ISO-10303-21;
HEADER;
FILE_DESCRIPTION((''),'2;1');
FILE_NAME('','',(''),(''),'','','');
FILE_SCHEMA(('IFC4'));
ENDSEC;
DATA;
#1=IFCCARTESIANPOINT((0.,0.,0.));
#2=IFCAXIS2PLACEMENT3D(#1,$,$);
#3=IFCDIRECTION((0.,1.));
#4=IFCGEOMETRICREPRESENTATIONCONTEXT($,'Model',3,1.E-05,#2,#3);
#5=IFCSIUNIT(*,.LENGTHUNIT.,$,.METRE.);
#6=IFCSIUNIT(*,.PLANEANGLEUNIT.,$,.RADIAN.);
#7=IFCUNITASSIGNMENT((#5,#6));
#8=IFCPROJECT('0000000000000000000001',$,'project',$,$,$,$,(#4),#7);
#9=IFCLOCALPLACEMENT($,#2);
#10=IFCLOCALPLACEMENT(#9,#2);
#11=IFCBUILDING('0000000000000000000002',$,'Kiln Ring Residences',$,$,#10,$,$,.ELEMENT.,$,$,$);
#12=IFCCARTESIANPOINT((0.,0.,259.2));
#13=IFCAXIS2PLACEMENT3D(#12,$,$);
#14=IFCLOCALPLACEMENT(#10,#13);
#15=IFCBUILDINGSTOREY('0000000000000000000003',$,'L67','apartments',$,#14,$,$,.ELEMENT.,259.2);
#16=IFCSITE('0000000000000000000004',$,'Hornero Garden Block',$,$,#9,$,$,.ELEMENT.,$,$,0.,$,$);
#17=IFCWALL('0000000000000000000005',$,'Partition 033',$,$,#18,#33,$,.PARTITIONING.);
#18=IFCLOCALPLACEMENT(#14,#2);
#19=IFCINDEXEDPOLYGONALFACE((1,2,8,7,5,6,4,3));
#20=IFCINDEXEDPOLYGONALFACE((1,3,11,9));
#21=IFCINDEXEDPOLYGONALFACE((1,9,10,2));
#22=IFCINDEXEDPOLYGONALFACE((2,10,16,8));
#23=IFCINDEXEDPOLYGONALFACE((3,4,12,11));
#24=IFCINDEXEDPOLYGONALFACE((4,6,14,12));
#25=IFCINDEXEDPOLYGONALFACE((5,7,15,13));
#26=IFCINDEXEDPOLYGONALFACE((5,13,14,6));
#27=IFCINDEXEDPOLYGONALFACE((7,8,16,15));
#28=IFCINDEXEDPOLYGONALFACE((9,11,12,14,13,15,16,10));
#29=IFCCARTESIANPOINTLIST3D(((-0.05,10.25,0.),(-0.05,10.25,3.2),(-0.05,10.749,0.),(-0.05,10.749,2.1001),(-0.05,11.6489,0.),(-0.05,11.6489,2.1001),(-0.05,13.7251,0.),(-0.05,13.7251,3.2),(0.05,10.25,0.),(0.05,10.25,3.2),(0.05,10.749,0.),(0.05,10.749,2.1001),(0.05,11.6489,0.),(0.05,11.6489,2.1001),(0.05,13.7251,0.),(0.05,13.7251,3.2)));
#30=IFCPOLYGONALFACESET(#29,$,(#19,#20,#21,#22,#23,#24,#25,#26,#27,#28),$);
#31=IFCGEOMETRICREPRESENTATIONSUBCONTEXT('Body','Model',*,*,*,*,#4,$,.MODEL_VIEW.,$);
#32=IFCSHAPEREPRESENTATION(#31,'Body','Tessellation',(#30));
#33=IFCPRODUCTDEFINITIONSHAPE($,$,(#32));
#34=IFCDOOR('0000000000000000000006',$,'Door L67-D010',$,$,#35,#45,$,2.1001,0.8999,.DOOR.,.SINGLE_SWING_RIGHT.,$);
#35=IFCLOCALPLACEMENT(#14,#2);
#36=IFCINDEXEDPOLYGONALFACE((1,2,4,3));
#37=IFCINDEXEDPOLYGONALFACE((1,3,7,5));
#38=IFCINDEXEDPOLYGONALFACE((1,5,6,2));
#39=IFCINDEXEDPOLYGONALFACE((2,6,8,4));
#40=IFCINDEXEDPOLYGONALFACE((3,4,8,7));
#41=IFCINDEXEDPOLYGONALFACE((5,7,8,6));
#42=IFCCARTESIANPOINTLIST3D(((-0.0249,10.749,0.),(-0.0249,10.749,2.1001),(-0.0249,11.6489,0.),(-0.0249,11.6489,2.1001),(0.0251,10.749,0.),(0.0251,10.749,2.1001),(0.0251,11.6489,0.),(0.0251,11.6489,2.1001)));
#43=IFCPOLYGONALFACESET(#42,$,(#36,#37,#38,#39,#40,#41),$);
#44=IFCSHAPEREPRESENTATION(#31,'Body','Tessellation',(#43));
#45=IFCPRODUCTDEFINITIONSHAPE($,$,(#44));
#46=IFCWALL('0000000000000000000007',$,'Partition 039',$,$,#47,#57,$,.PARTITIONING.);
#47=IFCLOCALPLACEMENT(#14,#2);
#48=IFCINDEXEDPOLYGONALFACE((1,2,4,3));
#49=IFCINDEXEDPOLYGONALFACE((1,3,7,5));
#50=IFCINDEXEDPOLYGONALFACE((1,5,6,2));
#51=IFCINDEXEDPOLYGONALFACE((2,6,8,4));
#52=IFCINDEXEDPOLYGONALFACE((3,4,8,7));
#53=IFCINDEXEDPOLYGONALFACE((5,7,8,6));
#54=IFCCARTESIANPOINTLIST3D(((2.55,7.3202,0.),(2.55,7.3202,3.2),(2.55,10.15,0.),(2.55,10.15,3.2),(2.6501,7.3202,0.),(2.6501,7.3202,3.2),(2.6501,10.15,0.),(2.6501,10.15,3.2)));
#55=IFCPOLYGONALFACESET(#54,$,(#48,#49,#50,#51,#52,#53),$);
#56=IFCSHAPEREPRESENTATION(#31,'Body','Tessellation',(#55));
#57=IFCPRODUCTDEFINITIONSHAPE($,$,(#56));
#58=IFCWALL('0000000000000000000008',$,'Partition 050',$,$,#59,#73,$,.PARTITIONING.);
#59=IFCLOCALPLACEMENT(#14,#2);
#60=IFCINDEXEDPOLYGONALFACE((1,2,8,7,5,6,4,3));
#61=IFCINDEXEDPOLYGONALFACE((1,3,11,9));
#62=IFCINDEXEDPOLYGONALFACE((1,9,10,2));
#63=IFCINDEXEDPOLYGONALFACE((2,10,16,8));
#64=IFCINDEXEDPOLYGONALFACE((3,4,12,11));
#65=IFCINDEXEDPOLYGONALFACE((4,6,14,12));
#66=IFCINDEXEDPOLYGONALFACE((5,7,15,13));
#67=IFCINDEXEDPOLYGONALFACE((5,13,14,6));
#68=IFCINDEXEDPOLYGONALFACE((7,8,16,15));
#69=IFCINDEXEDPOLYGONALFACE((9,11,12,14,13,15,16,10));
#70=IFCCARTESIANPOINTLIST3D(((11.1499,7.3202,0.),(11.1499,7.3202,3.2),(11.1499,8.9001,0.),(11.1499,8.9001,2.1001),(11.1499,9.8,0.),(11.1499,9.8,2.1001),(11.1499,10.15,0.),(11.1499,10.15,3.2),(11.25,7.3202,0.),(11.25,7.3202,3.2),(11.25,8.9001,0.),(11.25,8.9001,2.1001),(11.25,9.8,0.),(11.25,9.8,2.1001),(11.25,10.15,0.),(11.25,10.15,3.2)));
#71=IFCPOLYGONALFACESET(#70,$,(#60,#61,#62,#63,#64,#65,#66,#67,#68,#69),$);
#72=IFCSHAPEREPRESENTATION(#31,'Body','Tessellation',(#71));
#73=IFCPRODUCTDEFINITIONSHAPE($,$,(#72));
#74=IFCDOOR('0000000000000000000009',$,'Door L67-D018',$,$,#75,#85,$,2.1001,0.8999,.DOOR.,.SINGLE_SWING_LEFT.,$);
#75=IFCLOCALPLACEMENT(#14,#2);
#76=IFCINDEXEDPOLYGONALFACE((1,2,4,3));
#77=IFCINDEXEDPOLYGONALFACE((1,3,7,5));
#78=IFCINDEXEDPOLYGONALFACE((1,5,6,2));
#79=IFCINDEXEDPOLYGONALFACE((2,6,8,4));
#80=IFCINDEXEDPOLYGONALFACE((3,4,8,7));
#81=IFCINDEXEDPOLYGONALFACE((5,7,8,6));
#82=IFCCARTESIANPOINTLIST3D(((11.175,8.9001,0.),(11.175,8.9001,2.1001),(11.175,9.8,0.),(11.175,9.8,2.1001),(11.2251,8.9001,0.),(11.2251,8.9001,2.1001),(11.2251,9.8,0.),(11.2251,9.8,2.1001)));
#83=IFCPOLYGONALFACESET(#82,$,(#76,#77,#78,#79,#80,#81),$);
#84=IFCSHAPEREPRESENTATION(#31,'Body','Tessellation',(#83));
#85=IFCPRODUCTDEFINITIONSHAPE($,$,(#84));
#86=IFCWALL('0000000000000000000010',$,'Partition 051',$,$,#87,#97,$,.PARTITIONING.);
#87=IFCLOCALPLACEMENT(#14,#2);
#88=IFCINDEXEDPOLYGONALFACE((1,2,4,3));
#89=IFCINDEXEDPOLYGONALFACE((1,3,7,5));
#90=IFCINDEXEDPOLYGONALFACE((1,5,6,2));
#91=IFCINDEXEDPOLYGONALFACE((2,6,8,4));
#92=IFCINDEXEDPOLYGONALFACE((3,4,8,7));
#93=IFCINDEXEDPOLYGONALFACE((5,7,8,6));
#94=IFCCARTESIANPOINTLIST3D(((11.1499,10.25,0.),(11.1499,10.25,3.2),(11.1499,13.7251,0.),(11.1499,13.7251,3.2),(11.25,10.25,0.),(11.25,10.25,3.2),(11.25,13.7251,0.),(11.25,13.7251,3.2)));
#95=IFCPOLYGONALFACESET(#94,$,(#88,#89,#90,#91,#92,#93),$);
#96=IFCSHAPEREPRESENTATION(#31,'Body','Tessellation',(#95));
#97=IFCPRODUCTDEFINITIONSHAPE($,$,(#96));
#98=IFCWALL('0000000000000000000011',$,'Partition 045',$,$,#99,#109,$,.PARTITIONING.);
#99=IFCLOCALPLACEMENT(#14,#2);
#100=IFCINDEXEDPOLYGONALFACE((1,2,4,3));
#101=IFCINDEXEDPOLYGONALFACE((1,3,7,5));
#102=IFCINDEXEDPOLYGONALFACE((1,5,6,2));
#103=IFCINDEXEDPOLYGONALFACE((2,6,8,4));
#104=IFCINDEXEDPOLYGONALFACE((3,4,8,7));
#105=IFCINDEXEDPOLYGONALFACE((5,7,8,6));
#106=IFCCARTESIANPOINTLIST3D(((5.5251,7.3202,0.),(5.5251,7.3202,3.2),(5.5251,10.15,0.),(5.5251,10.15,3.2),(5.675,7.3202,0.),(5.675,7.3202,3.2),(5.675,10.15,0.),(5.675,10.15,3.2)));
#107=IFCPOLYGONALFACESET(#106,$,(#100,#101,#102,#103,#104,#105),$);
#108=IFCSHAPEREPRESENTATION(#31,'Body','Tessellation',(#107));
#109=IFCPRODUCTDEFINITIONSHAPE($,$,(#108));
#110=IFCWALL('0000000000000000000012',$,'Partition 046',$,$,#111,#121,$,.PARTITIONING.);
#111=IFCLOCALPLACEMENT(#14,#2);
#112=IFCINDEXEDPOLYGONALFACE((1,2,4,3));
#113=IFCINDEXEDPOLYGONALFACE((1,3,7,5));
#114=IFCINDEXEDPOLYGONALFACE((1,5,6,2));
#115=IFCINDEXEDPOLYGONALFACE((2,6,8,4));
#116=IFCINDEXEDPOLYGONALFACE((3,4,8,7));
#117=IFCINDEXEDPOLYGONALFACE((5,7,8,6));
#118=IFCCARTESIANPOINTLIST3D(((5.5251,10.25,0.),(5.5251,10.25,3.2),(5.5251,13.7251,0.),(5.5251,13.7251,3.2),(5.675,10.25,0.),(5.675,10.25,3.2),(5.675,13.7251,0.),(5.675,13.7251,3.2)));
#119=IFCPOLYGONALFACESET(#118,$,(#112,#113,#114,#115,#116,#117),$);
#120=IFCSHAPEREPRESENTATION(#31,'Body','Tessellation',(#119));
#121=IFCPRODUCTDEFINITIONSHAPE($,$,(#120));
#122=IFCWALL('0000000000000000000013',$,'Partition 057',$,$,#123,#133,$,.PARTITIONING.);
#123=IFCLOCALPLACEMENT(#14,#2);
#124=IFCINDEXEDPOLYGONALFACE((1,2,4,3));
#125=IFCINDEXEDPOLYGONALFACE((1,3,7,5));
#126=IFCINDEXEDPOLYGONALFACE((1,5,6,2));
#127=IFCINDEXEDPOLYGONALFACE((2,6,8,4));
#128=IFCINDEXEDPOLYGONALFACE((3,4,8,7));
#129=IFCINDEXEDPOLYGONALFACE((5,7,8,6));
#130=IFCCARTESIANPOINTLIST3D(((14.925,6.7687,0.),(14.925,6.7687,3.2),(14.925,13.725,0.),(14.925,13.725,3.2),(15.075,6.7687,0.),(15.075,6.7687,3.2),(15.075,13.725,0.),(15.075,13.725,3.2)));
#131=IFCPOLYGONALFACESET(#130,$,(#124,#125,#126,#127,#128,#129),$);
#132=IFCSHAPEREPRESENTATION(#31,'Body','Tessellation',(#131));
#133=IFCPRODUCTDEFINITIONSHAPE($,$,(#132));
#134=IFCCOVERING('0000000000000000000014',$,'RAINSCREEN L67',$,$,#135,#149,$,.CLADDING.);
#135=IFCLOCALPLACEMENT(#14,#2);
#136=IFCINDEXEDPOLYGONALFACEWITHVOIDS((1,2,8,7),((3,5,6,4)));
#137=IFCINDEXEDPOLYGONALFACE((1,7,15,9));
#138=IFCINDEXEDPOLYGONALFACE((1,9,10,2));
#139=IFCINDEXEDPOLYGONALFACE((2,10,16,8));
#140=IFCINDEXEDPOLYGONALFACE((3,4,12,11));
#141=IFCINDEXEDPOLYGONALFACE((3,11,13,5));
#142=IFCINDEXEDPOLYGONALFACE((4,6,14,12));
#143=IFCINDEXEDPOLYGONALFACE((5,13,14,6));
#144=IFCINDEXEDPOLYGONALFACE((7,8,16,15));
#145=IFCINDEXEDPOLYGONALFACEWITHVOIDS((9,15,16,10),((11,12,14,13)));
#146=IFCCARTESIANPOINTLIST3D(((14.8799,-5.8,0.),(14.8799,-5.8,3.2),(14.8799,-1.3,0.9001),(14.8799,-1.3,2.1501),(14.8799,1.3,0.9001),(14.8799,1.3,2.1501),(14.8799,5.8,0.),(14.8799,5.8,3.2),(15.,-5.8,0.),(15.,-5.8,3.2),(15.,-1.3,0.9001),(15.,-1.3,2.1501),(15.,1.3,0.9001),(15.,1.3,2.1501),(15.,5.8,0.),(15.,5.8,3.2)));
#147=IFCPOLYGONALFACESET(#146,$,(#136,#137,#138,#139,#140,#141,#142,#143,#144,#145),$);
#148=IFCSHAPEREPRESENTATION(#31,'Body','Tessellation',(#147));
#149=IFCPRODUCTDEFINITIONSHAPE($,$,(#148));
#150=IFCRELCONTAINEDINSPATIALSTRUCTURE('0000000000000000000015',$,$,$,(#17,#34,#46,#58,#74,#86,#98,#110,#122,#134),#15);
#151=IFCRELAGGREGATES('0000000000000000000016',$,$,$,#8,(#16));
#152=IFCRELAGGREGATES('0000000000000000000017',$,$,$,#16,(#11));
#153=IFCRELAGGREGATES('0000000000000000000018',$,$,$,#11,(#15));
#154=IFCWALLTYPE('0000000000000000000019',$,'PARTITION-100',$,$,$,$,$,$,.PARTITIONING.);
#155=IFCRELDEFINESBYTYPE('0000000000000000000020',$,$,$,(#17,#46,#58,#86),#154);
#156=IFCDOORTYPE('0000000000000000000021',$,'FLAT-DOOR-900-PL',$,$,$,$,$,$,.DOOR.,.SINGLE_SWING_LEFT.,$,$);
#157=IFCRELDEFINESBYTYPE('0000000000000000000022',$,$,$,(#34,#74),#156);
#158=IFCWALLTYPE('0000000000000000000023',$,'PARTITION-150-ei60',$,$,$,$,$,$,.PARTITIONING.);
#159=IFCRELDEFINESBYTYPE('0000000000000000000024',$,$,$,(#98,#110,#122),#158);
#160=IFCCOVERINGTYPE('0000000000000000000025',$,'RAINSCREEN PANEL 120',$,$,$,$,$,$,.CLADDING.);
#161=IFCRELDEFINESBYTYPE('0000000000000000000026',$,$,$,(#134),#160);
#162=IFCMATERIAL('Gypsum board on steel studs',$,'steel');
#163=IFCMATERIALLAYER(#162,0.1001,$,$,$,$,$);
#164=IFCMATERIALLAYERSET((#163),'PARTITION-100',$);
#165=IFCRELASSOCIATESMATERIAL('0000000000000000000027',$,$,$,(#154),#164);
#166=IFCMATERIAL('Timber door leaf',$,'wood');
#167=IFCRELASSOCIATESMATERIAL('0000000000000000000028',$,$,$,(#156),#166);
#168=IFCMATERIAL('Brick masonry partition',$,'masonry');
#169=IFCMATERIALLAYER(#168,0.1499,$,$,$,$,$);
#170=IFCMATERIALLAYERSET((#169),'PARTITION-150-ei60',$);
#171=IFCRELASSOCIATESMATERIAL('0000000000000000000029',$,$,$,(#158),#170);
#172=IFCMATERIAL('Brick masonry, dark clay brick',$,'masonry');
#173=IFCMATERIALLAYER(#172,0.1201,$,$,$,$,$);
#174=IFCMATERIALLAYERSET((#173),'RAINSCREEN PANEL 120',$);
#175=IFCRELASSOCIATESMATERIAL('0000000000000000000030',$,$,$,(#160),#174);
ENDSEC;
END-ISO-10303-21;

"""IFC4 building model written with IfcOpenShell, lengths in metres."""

from ifc_helpers import new_model, si_unit, direction, frame, frame_2d, origin, place, context, subcontext, project, spatial, polyline, rectangle, outline, extrude, material, layer, layer_set, type_object, element, fill, save


model = new_model("IFC4")

# Units and contexts
model_context = context("Model", 3, precision=1e-05, world=origin(), true_north=direction((0.0, 1.0)))
body_context = subcontext(model_context, "Body", "Model", "MODEL_VIEW")
ifc_project = project(units=[si_unit("LENGTHUNIT", "METRE"), si_unit("PLANEANGLEUNIT", "RADIAN")], contexts=[model_context])

# Site, building, storey
site_placement = place(None, origin())
site = spatial("IfcSite", under=ifc_project, at=site_placement, Name="Hornero Garden Block", CompositionType="ELEMENT", RefElevation=0.0)
building_placement = place(site_placement, origin())
building = spatial("IfcBuilding", under=site, at=building_placement, Name="Kiln Ring Residences", CompositionType="ELEMENT")
storey_placement = place(building_placement, frame((0.0, 0.0, 259.2)))
storey = spatial("IfcBuildingStorey", under=building, at=storey_placement, Name="L67", Description="apartments", CompositionType="ELEMENT", Elevation=259.2)

# Shared definitions
ifc_material_1 = material(Name="Gypsum board on steel studs", Category="steel")
ifc_layer_1 = layer(ifc_material_1, 0.1001)
ifc_layer_set_1 = layer_set([ifc_layer_1], Name="PARTITION-100")
wall_type_1 = type_object("IfcWallType", Name="PARTITION-100", PredefinedType="PARTITIONING", material=ifc_layer_set_1)

# Wall, opening, door
wall_1_placement = place(storey_placement, frame((0.0, 10.25, 0.0), z_axis=(0.0, 0.0, 1.0), x_axis=(0.0, 1.0, 0.0)))
wall_1 = element("IfcWall", 1, at=wall_1_placement, inside=storey, type_object=wall_type_1, Name="Partition 033", PredefinedType="PARTITIONING", context=body_context, shape_type="SweptSolid", body=[
    extrude(rectangle(XDim=3.4751, YDim=0.1001, at=frame_2d((1.7375, 0.0))), origin(), (0.0, 0.0, 1.0), 3.2),
])
opening_1_placement = place(wall_1_placement, frame((0.499, 0.0, 0.0)))
opening_1 = element("IfcOpeningElement", 2, at=opening_1_placement, cuts=wall_1, PredefinedType="OPENING", context=body_context, shape_type="SweptSolid", body=[
    extrude(rectangle(XDim=0.8999, YDim=2.1001, at=frame_2d((0.45, 1.05))), frame((0.0, 0.0601, 0.0), z_axis=(0.0, -1.0, 0.0), x_axis=(1.0, 0.0, 0.0)), (0.0, 0.0, 1.0), 0.1201),
])
ifc_material_2 = material(Name="Timber door leaf", Category="wood")
door_type = type_object("IfcDoorType", Name="FLAT-DOOR-900-PL", OperationType="SINGLE_SWING_LEFT", PredefinedType="DOOR", material=ifc_material_2)
door_1_placement = place(opening_1_placement, origin())
door_1 = element("IfcDoor", 3, at=door_1_placement, inside=storey, type_object=door_type, Name="Door L67-D010", OperationType="SINGLE_SWING_RIGHT", OverallHeight=2.1001, OverallWidth=0.8999, PredefinedType="DOOR", context=body_context, shape_type="SweptSolid", body=[
    extrude(rectangle(XDim=0.8999, YDim=2.1001, at=frame_2d((0.45, 1.05))), frame((0.0, 0.0249, 0.0), z_axis=(0.0, -1.0, 0.0), x_axis=(1.0, 0.0, 0.0)), (0.0, 0.0, 1.0), 0.05),
])
fill(opening_1, door_1)

# Wall
wall_2_placement = place(storey_placement, frame((2.6001, 7.3201, 0.0), z_axis=(0.0, 0.0, 1.0), x_axis=(0.0, 1.0, 0.0)))
element("IfcWall", 4, at=wall_2_placement, inside=storey, type_object=wall_type_1, Name="Partition 039", PredefinedType="PARTITIONING", context=body_context, shape_type="SweptSolid", body=[
    extrude(rectangle(XDim=2.8298, YDim=0.1001, at=frame_2d((1.415, 0.0))), origin(), (0.0, 0.0, 1.0), 3.2),
])

# Wall, opening, door
wall_3_placement = place(storey_placement, frame((11.2, 7.3201, 0.0), z_axis=(0.0, 0.0, 1.0), x_axis=(0.0, 1.0, 0.0)))
wall_3 = element("IfcWall", 5, at=wall_3_placement, inside=storey, type_object=wall_type_1, Name="Partition 050", PredefinedType="PARTITIONING", context=body_context, shape_type="SweptSolid", body=[
    extrude(rectangle(XDim=2.8298, YDim=0.1001, at=frame_2d((1.415, 0.0))), origin(), (0.0, 0.0, 1.0), 3.2),
])
opening_2_placement = place(wall_3_placement, frame((1.5801, 0.0, 0.0)))
opening_2 = element("IfcOpeningElement", 6, at=opening_2_placement, cuts=wall_3, PredefinedType="OPENING", context=body_context, shape_type="SweptSolid", body=[
    extrude(rectangle(XDim=0.8999, YDim=2.1001, at=frame_2d((0.45, 1.05))), frame((0.0, 0.0601, 0.0), z_axis=(0.0, -1.0, 0.0), x_axis=(1.0, 0.0, 0.0)), (0.0, 0.0, 1.0), 0.1201),
])
door_2_placement = place(opening_2_placement, origin())
door_2 = element("IfcDoor", 7, at=door_2_placement, inside=storey, type_object=door_type, Name="Door L67-D018", OperationType="SINGLE_SWING_LEFT", OverallHeight=2.1001, OverallWidth=0.8999, PredefinedType="DOOR", context=body_context, shape_type="SweptSolid", body=[
    extrude(rectangle(XDim=0.8999, YDim=2.1001, at=frame_2d((0.45, 1.05))), frame((0.0, 0.0249, 0.0), z_axis=(0.0, -1.0, 0.0), x_axis=(1.0, 0.0, 0.0)), (0.0, 0.0, 1.0), 0.05),
])
fill(opening_2, door_2)

# Walls
wall_4_placement = place(storey_placement, frame((11.2, 10.25, 0.0), z_axis=(0.0, 0.0, 1.0), x_axis=(0.0, 1.0, 0.0)))
element("IfcWall", 8, at=wall_4_placement, inside=storey, type_object=wall_type_1, Name="Partition 051", PredefinedType="PARTITIONING", context=body_context, shape_type="SweptSolid", body=[
    extrude(rectangle(XDim=3.4751, YDim=0.1001, at=frame_2d((1.7375, 0.0))), origin(), (0.0, 0.0, 1.0), 3.2),
])
ifc_material_3 = material(Name="Brick masonry partition", Category="masonry")
ifc_layer_2 = layer(ifc_material_3, 0.1499)
ifc_layer_set_2 = layer_set([ifc_layer_2], Name="PARTITION-150-ei60")
wall_type_2 = type_object("IfcWallType", Name="PARTITION-150-ei60", PredefinedType="PARTITIONING", material=ifc_layer_set_2)
wall_5_placement = place(storey_placement, frame((5.6001, 7.3201, 0.0), z_axis=(0.0, 0.0, 1.0), x_axis=(0.0, 1.0, 0.0)))
element("IfcWall", 9, at=wall_5_placement, inside=storey, type_object=wall_type_2, Name="Partition 045", PredefinedType="PARTITIONING", context=body_context, shape_type="SweptSolid", body=[
    extrude(rectangle(XDim=2.8298, YDim=0.1499, at=frame_2d((1.415, 0.0))), origin(), (0.0, 0.0, 1.0), 3.2),
])
wall_6_placement = place(storey_placement, frame((5.6001, 10.25, 0.0), z_axis=(0.0, 0.0, 1.0), x_axis=(0.0, 1.0, 0.0)))
element("IfcWall", 10, at=wall_6_placement, inside=storey, type_object=wall_type_2, Name="Partition 046", PredefinedType="PARTITIONING", context=body_context, shape_type="SweptSolid", body=[
    extrude(rectangle(XDim=3.4751, YDim=0.1499, at=frame_2d((1.7375, 0.0))), origin(), (0.0, 0.0, 1.0), 3.2),
])
wall_7_placement = place(storey_placement, frame((15.0, 6.7688, 0.0), z_axis=(0.0, 0.0, 1.0), x_axis=(0.0, 1.0, 0.0)))
element("IfcWall", 11, at=wall_7_placement, inside=storey, type_object=wall_type_2, Name="Partition 057", PredefinedType="PARTITIONING", context=body_context, shape_type="SweptSolid", body=[
    extrude(rectangle(XDim=6.9563, YDim=0.1499, at=frame_2d((3.478, 0.0))), origin(), (0.0, 0.0, 1.0), 3.2),
])

# Covering
ifc_material_4 = material(Name="Brick masonry, dark clay brick", Category="masonry")
ifc_layer_3 = layer(ifc_material_4, 0.1201)
ifc_layer_set_3 = layer_set([ifc_layer_3], Name="RAINSCREEN PANEL 120")
covering_type = type_object("IfcCoveringType", Name="RAINSCREEN PANEL 120", PredefinedType="CLADDING", material=ifc_layer_set_3)
covering_placement = place(storey_placement, frame((14.9399, 5.8, 0.0), z_axis=(0.0, 0.0, 1.0), x_axis=(0.0, -1.0, 0.0)))
element("IfcCovering", 12, at=covering_placement, inside=storey, type_object=covering_type, Name="RAINSCREEN L67", PredefinedType="CLADDING", context=body_context, shape_type="SweptSolid", body=[
    extrude(outline(polyline([(0.0, 0.0), (11.6001, 0.0), (11.6001, 3.2), (0.0, 3.2), (0.0, 0.0)]), holes=[polyline([(4.5, 2.1501), (4.5, 0.9001), (7.1001, 0.9001), (7.1001, 2.1501), (4.5, 2.1501)])]), frame((0.0, 0.0601, 0.0), z_axis=(0.0, -1.0, 0.0), x_axis=(1.0, 0.0, 0.0)), (0.0, 0.0, 1.0), 0.1201),
])

save(model, "model.ifc")
